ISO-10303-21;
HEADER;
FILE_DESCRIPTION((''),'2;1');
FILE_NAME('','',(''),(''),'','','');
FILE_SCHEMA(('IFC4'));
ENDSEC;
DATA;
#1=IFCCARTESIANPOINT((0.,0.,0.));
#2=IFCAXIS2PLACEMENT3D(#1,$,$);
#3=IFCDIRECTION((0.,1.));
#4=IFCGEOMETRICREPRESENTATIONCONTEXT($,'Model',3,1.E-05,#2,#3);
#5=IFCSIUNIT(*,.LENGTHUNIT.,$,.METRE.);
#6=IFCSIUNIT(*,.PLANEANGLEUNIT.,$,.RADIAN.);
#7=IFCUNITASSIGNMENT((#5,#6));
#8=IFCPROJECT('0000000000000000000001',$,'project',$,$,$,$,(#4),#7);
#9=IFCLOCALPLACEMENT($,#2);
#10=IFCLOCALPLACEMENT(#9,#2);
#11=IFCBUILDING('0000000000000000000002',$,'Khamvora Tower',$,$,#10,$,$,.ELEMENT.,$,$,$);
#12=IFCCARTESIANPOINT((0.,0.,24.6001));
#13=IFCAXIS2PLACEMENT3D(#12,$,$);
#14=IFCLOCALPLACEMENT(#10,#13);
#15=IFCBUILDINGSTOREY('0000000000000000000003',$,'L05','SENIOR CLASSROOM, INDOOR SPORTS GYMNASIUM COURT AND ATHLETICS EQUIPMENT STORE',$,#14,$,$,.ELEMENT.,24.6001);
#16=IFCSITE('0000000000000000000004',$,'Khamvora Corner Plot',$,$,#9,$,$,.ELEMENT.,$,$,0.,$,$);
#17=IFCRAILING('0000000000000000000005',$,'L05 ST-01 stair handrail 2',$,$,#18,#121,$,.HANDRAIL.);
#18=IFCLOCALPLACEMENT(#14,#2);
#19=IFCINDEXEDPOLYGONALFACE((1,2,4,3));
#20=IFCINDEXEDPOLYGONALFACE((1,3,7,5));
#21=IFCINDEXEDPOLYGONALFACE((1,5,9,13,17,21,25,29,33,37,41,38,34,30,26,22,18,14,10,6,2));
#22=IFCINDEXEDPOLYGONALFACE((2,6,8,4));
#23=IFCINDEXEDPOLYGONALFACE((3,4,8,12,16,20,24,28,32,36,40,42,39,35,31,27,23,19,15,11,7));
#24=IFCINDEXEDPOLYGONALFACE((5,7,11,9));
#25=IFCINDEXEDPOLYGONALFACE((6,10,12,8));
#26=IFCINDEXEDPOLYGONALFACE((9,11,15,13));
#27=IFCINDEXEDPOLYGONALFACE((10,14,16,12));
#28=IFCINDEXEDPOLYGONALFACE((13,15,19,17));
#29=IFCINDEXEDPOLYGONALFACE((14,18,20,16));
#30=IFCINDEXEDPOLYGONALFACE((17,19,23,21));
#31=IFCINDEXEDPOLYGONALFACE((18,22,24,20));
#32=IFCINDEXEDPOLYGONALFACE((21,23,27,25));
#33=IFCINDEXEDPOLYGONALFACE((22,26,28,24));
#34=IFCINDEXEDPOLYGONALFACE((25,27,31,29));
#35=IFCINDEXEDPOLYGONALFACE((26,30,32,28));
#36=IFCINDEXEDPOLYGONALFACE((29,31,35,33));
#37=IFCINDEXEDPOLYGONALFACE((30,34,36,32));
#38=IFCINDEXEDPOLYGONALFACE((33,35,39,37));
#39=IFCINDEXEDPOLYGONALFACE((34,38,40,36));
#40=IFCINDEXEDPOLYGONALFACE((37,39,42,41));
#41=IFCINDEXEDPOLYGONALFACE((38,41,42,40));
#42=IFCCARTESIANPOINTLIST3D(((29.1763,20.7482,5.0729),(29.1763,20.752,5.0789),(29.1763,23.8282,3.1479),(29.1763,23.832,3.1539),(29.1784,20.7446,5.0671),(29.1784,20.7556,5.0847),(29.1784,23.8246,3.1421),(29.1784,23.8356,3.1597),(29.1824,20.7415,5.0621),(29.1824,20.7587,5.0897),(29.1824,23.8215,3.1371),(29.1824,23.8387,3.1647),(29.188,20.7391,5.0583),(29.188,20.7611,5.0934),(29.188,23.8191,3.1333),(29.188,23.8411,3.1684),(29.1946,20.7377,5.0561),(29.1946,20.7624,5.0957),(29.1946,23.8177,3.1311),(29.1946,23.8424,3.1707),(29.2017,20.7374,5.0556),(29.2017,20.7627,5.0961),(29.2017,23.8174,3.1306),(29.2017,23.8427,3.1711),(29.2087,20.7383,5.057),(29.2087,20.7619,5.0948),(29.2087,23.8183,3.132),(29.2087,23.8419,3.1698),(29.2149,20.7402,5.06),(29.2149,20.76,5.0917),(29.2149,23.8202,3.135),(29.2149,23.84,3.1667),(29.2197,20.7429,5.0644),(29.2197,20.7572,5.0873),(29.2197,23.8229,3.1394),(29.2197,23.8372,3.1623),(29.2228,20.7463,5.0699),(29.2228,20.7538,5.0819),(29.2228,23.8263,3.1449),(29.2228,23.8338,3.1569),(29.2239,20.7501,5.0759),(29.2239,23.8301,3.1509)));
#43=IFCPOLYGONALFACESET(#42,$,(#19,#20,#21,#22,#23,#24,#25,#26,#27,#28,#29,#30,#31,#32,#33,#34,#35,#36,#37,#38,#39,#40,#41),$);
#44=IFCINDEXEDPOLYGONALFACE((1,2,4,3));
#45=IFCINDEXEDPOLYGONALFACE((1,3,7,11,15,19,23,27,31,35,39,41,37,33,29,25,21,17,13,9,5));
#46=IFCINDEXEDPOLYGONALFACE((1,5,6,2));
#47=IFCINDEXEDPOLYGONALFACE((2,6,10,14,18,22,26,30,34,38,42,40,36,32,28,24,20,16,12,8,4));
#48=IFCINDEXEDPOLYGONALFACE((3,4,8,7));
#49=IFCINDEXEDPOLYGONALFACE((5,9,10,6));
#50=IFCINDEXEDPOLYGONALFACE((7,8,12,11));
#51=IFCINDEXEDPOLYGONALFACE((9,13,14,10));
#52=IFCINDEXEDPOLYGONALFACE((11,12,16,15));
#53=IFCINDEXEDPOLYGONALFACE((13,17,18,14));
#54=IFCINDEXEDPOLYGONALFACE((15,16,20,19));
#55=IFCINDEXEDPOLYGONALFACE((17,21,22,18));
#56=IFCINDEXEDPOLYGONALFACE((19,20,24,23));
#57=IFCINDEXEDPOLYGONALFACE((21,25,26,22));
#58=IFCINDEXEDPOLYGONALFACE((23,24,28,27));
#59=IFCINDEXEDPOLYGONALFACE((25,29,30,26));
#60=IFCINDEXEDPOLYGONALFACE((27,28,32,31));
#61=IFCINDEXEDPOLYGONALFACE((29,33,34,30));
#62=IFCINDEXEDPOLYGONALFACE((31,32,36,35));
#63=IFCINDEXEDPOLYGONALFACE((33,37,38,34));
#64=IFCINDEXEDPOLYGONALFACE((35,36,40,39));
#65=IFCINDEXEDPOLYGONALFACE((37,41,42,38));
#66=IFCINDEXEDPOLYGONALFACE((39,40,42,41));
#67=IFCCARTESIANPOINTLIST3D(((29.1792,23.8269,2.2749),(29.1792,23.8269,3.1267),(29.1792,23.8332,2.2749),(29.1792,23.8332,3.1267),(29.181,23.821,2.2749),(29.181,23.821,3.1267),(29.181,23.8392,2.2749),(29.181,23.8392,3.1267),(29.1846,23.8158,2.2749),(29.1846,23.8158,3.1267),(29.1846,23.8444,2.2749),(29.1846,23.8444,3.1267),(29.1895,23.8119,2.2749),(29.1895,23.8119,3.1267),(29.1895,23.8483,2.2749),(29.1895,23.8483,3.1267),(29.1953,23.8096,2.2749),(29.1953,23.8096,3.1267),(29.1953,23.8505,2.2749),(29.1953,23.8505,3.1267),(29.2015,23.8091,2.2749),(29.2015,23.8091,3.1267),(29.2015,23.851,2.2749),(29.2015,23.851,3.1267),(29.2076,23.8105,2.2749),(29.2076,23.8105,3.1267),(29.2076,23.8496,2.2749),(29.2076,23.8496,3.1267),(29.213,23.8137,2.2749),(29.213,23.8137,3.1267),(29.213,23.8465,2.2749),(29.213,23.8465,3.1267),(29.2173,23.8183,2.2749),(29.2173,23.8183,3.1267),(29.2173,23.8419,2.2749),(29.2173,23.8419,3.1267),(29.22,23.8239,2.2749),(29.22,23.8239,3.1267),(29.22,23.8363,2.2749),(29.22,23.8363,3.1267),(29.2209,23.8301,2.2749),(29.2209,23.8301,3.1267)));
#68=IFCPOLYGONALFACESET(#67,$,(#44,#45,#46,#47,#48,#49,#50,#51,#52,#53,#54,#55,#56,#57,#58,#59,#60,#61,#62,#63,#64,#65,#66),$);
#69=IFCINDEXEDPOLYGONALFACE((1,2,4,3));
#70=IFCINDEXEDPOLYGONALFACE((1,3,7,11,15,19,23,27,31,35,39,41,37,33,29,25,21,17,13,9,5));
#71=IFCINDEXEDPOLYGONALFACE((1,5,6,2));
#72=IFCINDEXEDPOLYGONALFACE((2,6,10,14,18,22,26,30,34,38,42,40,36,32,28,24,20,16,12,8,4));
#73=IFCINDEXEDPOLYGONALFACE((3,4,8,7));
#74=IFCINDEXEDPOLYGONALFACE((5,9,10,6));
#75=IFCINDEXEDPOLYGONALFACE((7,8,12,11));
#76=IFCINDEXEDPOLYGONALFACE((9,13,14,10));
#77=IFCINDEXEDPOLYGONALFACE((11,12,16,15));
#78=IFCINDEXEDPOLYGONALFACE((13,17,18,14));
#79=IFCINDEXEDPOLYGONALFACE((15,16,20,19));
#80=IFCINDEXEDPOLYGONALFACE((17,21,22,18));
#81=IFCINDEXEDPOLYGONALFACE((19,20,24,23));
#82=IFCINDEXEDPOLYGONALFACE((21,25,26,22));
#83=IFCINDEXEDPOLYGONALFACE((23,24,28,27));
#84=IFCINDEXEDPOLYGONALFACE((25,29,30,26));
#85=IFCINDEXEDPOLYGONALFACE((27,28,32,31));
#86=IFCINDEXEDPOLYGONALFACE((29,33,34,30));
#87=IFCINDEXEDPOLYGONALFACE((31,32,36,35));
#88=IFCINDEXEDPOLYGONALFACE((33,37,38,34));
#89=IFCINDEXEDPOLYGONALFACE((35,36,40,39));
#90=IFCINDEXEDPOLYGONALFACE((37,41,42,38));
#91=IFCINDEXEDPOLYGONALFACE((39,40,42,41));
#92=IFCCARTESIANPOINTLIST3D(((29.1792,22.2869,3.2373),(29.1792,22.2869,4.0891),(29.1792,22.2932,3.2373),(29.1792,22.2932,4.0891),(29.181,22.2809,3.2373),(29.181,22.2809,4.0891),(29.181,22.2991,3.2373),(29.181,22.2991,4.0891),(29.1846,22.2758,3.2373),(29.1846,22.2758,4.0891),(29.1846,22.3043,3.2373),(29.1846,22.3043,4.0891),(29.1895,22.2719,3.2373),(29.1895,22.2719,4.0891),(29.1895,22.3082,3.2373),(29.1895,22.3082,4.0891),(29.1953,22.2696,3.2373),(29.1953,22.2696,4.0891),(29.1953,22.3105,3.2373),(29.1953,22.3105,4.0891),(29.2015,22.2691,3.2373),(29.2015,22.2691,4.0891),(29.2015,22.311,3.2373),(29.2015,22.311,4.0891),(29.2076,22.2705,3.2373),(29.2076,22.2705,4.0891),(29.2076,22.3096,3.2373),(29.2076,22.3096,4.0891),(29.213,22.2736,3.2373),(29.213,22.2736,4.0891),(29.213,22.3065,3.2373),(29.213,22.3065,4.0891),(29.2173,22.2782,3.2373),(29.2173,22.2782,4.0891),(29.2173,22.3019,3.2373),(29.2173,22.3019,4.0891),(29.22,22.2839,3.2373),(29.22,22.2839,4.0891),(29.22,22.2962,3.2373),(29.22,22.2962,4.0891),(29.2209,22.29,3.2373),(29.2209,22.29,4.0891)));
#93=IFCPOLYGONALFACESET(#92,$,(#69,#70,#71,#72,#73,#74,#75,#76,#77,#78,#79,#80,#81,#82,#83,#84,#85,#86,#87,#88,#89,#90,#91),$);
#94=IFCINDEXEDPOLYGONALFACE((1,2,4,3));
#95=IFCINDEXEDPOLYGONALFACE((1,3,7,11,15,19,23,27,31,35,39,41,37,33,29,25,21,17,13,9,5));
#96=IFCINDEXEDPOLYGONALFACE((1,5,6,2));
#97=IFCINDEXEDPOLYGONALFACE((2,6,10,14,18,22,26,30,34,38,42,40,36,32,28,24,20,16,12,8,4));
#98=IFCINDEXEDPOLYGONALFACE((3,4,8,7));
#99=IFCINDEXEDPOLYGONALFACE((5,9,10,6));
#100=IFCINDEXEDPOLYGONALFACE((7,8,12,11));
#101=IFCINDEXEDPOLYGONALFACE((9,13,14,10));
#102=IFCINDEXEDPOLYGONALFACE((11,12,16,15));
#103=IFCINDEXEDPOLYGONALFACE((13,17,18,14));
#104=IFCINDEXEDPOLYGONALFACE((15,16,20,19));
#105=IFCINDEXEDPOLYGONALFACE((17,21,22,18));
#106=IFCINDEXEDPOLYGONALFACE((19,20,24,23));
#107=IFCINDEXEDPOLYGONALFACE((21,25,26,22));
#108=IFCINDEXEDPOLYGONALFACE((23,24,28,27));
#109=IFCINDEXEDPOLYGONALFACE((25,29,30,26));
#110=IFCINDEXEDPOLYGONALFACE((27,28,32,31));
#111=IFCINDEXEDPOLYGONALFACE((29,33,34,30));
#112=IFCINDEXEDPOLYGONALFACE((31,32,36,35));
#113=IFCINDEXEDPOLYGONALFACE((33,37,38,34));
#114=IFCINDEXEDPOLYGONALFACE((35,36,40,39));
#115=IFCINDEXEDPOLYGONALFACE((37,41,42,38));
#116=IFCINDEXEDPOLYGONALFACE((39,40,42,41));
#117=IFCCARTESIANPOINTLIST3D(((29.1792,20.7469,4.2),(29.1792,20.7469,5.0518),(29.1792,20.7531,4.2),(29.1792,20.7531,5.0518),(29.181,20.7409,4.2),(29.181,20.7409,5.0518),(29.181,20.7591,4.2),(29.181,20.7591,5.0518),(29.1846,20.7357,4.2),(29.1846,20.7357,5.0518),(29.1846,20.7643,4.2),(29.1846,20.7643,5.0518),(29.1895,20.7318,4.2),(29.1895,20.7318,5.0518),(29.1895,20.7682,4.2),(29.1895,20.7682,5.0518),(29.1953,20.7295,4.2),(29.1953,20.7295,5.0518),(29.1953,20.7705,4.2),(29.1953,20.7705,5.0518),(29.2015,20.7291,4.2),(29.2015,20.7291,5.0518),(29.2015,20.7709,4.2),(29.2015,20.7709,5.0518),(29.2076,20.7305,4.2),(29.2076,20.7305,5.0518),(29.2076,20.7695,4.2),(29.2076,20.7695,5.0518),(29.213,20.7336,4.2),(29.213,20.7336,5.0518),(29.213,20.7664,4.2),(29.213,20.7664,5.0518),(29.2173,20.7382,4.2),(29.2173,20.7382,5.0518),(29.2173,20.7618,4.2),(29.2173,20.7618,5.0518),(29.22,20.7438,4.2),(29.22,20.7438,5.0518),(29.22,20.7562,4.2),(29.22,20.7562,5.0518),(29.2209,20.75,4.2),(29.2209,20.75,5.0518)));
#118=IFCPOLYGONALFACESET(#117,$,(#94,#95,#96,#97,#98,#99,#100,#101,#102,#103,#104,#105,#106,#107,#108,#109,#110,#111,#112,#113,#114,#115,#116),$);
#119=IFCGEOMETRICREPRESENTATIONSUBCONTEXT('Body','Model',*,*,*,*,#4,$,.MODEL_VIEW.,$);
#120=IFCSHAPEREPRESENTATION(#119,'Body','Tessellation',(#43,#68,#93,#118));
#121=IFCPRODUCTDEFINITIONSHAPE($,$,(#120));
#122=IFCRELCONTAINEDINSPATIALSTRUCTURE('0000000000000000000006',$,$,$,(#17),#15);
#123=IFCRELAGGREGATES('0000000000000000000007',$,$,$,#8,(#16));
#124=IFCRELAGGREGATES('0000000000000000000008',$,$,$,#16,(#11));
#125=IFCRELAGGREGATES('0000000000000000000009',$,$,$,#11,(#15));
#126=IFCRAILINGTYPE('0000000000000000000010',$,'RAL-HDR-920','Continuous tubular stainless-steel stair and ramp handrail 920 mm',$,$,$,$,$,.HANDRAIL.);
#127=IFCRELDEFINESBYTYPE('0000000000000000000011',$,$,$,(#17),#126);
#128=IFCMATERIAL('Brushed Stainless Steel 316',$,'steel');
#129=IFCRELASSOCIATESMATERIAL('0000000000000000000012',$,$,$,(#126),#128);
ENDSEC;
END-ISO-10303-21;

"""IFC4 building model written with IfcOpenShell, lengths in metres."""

from ifc_helpers import new_model, si_unit, direction, frame, origin, origin_2d, place, context, subcontext, project, spatial, circle, extrude, material, type_object, element, save


model = new_model("IFC4")

# Units and contexts
model_context = context("Model", 3, precision=1e-05, world=origin(), true_north=direction((0.0, 1.0)))
body_context = subcontext(model_context, "Body", "Model", "MODEL_VIEW")
ifc_project = project(units=[si_unit("LENGTHUNIT", "METRE"), si_unit("PLANEANGLEUNIT", "RADIAN")], contexts=[model_context])

# Site, building, storey
site_placement = place(None, origin())
site = spatial("IfcSite", under=ifc_project, at=site_placement, Name="Khamvora Corner Plot", CompositionType="ELEMENT", RefElevation=0.0)
building_placement = place(site_placement, origin())
building = spatial("IfcBuilding", under=site, at=building_placement, Name="Khamvora Tower", CompositionType="ELEMENT")
storey_placement = place(building_placement, frame((0.0, 0.0, 24.6001)))
storey = spatial("IfcBuildingStorey", under=building, at=storey_placement, Name="L05", Description="SENIOR CLASSROOM, INDOOR SPORTS GYMNASIUM COURT AND ATHLETICS EQUIPMENT STORE", CompositionType="ELEMENT", Elevation=24.6001)

# Railing
ifc_material_1 = material(Name="Brushed Stainless Steel 316", Category="steel")
railing_type_1 = type_object("IfcRailingType", Name="RAL-HDR-920", Description="Continuous tubular stainless-steel stair and ramp handrail 920 mm", PredefinedType="HANDRAIL", material=ifc_material_1)
railing_1_placement = place(storey_placement, frame((29.2, 23.8301, 2.2749)))
element("IfcRailing", 1, at=railing_1_placement, inside=storey, type_object=railing_type_1, Name="L05 ST-01 stair handrail 2", PredefinedType="HANDRAIL", context=body_context, shape_type="SweptSolid", body=[
    extrude(circle(Radius=0.0239, at=origin_2d()), frame((0.0, 0.0, 0.876), z_axis=(0.0, -0.847998, 0.529999), x_axis=(1.0, 0.0, 0.0)), (0.0, 0.0, 1.0), 3.6321),
    extrude(circle(Radius=0.021, at=origin_2d()), origin(), (0.0, 0.0, 1.0), 0.8518),
    extrude(circle(Radius=0.021, at=origin_2d()), frame((0.0, -1.54, 0.9624)), (0.0, 0.0, 1.0), 0.8518),
    extrude(circle(Radius=0.021, at=origin_2d()), frame((0.0, -3.0801, 1.925)), (0.0, 0.0, 1.0), 0.8518),
])

save(model, "model.ifc")
